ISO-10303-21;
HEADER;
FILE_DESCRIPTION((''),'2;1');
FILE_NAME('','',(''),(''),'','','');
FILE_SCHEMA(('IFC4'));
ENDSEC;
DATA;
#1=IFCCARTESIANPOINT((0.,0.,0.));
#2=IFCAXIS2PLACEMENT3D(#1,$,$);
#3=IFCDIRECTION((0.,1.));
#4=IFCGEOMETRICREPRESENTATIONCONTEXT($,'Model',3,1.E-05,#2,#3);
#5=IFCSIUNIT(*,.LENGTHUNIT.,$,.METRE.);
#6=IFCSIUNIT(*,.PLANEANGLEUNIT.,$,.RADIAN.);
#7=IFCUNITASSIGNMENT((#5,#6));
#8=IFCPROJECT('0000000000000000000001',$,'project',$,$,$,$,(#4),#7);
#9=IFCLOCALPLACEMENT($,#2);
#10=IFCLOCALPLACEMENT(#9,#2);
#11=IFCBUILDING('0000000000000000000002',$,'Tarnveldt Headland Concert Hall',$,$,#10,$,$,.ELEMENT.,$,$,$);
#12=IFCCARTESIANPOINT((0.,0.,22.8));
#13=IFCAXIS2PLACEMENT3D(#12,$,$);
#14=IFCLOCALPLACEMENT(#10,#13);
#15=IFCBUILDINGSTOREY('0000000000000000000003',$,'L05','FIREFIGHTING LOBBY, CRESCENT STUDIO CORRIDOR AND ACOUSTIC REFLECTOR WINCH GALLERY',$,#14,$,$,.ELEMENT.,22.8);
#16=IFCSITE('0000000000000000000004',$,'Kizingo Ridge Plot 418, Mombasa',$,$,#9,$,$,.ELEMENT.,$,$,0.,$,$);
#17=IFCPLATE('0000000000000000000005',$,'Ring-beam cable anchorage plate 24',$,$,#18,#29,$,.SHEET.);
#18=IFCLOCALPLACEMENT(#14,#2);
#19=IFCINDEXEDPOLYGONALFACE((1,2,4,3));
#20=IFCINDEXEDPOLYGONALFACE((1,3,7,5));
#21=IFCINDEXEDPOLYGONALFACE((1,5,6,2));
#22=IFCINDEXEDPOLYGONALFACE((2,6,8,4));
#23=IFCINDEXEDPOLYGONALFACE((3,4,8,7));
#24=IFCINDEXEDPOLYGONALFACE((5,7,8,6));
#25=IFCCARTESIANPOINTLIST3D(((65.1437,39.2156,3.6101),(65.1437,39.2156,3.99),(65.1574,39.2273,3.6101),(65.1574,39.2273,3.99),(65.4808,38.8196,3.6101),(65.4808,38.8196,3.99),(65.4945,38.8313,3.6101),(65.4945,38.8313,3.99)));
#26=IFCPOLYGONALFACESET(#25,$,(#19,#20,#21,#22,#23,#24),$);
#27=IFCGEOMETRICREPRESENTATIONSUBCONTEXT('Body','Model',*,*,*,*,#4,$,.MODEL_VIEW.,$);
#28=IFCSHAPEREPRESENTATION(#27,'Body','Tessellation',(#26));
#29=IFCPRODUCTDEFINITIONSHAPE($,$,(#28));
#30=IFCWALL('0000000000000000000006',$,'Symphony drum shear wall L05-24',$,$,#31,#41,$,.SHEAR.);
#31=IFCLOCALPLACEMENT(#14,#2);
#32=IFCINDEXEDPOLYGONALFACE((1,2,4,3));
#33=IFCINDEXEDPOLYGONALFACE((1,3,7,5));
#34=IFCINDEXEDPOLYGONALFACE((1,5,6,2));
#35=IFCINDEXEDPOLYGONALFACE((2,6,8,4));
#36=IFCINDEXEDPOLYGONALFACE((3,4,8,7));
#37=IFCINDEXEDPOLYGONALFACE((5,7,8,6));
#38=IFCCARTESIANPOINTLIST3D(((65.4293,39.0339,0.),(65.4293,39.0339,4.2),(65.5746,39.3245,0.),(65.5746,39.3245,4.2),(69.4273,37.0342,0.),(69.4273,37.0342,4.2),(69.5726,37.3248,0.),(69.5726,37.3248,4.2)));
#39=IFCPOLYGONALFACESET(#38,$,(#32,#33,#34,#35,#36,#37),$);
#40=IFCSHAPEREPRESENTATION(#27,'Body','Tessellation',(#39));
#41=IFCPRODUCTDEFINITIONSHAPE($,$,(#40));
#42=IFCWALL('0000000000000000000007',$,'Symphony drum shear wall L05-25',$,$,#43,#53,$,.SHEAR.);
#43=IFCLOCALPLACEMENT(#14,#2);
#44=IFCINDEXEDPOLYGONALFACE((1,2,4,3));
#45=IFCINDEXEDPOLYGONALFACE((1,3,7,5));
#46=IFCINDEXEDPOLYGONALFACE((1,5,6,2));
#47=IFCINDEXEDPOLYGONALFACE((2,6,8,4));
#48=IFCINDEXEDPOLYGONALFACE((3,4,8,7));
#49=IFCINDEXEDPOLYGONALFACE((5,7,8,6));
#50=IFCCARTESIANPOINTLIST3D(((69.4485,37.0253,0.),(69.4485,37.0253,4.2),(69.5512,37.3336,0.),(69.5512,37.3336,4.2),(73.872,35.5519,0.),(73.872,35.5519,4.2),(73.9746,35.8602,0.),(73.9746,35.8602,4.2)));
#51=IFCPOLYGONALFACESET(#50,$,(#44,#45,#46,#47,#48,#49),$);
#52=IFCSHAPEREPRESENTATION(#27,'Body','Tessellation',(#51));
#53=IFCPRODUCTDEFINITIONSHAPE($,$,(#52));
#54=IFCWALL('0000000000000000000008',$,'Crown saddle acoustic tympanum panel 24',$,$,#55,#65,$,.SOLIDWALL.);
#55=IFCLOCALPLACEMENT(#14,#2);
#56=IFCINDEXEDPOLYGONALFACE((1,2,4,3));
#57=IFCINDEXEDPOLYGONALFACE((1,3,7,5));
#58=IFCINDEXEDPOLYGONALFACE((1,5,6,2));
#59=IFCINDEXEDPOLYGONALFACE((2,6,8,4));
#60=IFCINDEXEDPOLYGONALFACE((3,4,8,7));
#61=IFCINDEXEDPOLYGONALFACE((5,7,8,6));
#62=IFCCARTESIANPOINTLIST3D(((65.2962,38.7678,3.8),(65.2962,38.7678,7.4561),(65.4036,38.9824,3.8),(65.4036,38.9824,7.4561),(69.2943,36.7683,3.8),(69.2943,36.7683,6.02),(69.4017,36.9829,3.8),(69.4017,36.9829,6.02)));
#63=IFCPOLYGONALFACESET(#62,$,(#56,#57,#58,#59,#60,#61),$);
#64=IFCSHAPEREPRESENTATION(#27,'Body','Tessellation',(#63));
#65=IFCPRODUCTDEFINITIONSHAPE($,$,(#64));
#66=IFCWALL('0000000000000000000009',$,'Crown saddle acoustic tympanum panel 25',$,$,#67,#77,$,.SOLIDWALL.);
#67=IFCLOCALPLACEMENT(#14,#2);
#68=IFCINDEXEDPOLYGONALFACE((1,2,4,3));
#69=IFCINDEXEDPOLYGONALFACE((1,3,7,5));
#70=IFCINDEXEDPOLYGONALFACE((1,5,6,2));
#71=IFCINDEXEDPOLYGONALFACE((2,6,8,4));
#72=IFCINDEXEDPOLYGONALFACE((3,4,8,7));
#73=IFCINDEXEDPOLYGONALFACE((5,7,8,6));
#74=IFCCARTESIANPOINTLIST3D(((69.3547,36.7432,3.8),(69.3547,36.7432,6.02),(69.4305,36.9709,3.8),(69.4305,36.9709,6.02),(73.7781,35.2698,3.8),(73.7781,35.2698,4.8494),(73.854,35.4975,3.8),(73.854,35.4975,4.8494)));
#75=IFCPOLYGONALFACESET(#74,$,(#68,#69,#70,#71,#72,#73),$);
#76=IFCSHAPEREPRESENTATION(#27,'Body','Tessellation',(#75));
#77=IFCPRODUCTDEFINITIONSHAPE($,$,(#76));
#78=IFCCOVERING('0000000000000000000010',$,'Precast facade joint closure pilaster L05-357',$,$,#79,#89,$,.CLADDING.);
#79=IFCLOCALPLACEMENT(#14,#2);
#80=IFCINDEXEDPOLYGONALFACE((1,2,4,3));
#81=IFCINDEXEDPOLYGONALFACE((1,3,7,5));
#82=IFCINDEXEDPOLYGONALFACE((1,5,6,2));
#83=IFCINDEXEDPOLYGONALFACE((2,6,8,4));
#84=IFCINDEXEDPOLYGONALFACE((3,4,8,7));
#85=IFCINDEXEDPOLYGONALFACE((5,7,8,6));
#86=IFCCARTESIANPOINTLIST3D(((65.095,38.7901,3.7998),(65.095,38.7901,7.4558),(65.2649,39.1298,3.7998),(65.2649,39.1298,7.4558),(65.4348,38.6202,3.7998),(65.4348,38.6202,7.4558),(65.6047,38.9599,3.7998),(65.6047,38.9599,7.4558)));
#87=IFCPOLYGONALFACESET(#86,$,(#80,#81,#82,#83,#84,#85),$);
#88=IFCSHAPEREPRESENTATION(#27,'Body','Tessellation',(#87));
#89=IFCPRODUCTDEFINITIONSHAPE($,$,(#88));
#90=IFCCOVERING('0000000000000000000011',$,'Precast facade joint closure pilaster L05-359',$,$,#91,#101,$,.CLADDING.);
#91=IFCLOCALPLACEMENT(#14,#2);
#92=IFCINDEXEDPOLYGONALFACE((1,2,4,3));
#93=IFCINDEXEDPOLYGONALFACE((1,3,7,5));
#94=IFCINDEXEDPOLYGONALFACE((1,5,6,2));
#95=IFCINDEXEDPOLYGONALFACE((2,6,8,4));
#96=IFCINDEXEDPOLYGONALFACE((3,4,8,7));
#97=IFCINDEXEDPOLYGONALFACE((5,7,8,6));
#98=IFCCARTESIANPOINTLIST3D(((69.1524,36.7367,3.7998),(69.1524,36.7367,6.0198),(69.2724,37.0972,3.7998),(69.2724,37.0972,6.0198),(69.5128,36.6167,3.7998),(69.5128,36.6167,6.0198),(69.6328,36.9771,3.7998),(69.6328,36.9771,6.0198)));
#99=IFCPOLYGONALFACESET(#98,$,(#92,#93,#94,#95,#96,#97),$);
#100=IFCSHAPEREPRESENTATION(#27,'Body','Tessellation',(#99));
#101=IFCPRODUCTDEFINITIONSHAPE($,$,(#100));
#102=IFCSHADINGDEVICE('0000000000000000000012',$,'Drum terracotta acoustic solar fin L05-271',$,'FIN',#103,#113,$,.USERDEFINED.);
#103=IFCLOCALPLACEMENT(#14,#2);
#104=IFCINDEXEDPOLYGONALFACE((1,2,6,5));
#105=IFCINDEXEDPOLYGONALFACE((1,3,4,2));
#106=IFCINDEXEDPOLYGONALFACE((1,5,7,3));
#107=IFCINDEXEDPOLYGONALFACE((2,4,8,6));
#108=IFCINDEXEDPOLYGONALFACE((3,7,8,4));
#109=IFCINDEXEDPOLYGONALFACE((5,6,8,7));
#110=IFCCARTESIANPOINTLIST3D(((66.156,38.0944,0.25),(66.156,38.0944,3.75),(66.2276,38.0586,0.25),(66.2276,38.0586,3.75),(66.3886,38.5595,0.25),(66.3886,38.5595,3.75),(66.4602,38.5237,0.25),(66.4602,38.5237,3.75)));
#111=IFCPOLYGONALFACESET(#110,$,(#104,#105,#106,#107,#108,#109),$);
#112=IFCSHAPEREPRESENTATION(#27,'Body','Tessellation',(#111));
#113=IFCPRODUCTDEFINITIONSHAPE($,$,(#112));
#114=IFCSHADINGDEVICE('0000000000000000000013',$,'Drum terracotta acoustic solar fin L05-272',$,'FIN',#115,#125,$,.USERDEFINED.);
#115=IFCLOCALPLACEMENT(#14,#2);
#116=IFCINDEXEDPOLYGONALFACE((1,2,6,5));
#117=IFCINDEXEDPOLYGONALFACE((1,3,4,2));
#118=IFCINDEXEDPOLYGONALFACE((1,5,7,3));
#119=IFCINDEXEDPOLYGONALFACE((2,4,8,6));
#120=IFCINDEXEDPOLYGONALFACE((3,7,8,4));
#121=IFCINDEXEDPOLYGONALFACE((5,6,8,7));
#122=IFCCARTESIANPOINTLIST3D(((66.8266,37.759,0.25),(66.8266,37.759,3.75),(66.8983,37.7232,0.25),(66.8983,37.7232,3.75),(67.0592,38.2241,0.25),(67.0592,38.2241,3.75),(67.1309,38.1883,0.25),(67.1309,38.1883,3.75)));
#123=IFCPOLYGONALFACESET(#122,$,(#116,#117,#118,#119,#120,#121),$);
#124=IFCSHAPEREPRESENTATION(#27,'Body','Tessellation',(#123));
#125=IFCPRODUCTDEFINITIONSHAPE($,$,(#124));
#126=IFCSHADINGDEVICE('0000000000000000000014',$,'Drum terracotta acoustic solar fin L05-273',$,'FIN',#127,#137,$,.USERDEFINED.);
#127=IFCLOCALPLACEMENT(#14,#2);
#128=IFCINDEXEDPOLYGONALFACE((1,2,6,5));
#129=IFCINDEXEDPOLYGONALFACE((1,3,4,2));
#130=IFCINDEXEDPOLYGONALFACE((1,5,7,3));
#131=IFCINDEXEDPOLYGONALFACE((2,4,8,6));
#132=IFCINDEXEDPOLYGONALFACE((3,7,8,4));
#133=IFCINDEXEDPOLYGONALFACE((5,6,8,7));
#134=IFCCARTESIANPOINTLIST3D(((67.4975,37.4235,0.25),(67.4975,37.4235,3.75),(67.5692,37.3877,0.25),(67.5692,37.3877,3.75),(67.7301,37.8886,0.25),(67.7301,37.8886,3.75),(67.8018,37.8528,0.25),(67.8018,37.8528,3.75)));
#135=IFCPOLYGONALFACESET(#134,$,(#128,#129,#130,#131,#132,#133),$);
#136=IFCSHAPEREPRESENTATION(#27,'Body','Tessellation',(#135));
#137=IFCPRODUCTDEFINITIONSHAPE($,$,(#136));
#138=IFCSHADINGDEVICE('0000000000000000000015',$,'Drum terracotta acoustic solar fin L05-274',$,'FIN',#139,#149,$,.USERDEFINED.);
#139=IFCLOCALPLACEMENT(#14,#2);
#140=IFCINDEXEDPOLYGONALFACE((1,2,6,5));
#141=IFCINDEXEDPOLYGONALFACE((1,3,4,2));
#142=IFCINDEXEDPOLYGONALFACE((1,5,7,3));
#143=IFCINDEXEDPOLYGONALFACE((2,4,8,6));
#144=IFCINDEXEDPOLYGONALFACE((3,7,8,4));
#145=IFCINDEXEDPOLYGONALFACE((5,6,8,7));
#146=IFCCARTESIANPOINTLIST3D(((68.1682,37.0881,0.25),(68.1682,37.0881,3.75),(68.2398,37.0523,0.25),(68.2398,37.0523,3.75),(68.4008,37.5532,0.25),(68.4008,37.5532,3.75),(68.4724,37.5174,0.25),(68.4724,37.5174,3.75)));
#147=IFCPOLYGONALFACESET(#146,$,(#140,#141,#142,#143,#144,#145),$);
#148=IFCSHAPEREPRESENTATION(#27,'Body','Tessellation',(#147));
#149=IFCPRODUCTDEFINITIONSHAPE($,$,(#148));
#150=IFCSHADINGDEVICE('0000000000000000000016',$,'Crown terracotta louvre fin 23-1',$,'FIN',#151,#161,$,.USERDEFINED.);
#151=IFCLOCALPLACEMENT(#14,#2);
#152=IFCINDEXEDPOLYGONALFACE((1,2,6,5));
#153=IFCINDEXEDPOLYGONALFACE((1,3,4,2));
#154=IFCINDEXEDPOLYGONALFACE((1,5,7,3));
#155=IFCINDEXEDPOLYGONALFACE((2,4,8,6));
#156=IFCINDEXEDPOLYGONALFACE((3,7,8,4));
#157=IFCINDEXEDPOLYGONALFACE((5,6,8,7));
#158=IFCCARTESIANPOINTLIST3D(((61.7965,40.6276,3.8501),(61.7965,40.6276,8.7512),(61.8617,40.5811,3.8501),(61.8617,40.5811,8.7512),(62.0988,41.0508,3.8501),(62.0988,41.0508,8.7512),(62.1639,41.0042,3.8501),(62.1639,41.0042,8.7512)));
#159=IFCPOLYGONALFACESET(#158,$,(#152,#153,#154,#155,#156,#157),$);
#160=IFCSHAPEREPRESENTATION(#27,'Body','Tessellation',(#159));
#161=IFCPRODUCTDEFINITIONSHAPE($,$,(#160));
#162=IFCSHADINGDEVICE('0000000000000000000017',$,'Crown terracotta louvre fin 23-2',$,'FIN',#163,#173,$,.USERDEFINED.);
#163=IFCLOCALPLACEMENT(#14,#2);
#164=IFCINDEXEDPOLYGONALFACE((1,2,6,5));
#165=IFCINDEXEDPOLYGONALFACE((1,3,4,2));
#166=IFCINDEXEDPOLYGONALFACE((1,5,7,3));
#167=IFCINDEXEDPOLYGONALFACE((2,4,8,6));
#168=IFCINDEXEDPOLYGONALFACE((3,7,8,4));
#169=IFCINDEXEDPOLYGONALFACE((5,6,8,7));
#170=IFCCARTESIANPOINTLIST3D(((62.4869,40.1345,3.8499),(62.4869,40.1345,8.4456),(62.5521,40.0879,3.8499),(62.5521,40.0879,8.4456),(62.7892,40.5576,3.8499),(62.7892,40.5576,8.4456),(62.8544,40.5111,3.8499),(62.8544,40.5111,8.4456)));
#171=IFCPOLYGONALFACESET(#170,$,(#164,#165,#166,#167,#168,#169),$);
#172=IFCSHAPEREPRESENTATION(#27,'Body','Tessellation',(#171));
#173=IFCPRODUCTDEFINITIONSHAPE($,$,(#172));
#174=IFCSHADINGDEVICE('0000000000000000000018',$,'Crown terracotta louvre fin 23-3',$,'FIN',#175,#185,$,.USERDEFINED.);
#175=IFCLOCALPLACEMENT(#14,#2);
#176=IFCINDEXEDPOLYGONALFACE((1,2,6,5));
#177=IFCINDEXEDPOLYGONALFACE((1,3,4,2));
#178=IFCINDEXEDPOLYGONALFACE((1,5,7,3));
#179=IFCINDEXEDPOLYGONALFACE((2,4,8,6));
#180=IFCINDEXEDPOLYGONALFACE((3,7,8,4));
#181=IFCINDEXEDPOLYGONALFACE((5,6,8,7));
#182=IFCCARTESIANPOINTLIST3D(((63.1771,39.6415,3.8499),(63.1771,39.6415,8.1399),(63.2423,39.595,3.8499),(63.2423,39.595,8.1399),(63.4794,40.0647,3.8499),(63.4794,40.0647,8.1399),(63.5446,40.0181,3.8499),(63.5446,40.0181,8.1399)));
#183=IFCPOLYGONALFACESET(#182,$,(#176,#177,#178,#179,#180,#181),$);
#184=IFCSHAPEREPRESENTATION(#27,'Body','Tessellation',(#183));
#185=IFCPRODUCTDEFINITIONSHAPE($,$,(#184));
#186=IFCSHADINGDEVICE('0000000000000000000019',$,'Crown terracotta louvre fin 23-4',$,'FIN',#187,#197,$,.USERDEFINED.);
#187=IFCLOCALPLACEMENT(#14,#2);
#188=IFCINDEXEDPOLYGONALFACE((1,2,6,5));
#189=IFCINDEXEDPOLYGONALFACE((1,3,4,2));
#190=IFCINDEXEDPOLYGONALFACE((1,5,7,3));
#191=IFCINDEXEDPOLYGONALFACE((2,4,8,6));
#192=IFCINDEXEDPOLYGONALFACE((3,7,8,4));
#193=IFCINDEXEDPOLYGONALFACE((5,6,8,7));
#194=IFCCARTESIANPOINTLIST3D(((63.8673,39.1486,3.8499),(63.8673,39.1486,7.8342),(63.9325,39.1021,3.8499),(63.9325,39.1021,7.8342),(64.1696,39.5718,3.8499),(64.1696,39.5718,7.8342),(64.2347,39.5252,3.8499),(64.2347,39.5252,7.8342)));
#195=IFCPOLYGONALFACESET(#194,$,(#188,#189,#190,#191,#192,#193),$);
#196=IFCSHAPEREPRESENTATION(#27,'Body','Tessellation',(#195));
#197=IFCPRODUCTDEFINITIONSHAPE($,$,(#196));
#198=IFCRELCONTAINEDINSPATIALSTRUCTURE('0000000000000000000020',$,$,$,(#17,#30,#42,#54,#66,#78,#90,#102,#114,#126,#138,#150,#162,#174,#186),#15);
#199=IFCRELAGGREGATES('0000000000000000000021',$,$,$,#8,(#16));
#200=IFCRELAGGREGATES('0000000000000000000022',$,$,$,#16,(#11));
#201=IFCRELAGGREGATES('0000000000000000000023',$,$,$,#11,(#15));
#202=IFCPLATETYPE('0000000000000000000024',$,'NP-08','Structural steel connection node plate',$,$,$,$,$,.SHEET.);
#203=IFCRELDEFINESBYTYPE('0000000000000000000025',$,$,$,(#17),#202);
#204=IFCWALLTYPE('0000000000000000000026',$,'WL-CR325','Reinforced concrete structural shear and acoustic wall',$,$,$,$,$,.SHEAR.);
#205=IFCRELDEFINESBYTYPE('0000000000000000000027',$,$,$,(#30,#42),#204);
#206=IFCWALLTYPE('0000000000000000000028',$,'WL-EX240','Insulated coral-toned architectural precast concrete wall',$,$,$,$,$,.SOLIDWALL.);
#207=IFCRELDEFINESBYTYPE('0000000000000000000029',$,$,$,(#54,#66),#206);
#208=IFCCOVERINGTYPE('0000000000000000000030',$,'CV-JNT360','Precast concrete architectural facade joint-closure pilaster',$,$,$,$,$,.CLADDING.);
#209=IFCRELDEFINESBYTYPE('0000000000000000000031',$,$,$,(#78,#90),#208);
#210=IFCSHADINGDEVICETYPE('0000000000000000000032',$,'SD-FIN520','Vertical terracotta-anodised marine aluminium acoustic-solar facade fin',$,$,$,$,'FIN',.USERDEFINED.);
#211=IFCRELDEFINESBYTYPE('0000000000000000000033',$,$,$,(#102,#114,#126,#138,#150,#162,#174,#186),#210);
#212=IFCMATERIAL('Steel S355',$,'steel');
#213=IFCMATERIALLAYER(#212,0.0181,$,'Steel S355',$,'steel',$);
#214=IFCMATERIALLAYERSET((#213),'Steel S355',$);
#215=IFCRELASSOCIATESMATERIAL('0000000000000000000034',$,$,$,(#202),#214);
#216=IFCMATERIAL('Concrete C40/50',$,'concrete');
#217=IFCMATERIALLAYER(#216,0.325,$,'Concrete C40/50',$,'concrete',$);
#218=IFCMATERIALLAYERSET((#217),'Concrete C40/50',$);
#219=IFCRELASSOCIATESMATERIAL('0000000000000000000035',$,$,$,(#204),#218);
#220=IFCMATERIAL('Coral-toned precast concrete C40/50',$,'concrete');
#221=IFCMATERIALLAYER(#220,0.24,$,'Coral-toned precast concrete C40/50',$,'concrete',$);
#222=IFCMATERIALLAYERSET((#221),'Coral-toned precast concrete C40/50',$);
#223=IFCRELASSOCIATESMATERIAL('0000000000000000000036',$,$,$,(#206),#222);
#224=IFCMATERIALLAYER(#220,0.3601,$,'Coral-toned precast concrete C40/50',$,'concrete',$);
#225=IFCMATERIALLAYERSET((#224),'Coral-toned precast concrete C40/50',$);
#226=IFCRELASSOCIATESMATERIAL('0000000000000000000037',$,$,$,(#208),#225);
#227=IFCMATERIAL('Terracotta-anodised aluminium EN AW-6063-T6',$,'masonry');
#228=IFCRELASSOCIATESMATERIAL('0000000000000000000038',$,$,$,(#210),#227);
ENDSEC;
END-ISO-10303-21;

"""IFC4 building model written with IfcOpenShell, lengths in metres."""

from ifc_helpers import new_model, si_unit, direction, frame, frame_2d, origin, origin_2d, place, context, subcontext, project, spatial, polyline, rectangle, outline, extrude, material, layer, layer_set, type_object, element, save


model = new_model("IFC4")

# Units and contexts
model_context = context("Model", 3, precision=1e-05, world=origin(), true_north=direction((0.0, 1.0)))
body_context = subcontext(model_context, "Body", "Model", "MODEL_VIEW")
ifc_project = project(units=[si_unit("LENGTHUNIT", "METRE"), si_unit("PLANEANGLEUNIT", "RADIAN")], contexts=[model_context])

# Site, building, storey
site_placement = place(None, origin())
site = spatial("IfcSite", under=ifc_project, at=site_placement, Name="Kizingo Ridge Plot 418, Mombasa", CompositionType="ELEMENT", RefElevation=0.0)
building_placement = place(site_placement, origin())
building = spatial("IfcBuilding", under=site, at=building_placement, Name="Tarnveldt Headland Concert Hall", CompositionType="ELEMENT")
storey_placement = place(building_placement, frame((0.0, 0.0, 22.8)))
storey = spatial("IfcBuildingStorey", under=building, at=storey_placement, Name="L05", Description="FIREFIGHTING LOBBY, CRESCENT STUDIO CORRIDOR AND ACOUSTIC REFLECTOR WINCH GALLERY", CompositionType="ELEMENT", Elevation=22.8)

# Shared definitions
ifc_material_1 = material(Name="Concrete C40/50", Category="concrete")

# Shared definitions
ifc_material_2 = material(Name="Steel S355", Category="steel")

# Plate
ifc_layer_1 = layer(ifc_material_2, 0.0181, Name="Steel S355", Category="steel")
ifc_layer_set_1 = layer_set([ifc_layer_1], Name="Steel S355")
plate_type_1 = type_object("IfcPlateType", Name="NP-08", Description="Structural steel connection node plate", PredefinedType="SHEET", material=ifc_layer_set_1)
plate_1_placement = place(storey_placement, frame((65.3191, 39.0234, 3.6101), z_axis=(0.0, 0.0, 1.0), x_axis=(0.648253, -0.761425, 0.0)))
element("IfcPlate", 1, at=plate_1_placement, inside=storey, type_object=plate_type_1, Name="Ring-beam cable anchorage plate 24", PredefinedType="SHEET", context=body_context, shape_type="SweptSolid", body=[
    extrude(rectangle(XDim=0.52, YDim=0.0181, at=origin_2d()), origin(), (0.0, 0.0, 1.0), 0.3799),
])

# Walls
ifc_layer_2 = layer(ifc_material_1, 0.325, Name="Concrete C40/50", Category="concrete")
ifc_layer_set_2 = layer_set([ifc_layer_2], Name="Concrete C40/50")
wall_type_1 = type_object("IfcWallType", Name="WL-CR325", Description="Reinforced concrete structural shear and acoustic wall", PredefinedType="SHEAR", material=ifc_layer_set_2)
wall_1_placement = place(storey_placement, frame((65.502, 39.1792, 0.0), z_axis=(0.0, 0.0, 1.0), x_axis=(0.894362, -0.447345, 0.0)))
element("IfcWall", 2, at=wall_1_placement, inside=storey, type_object=wall_type_1, Name="Symphony drum shear wall L05-24", PredefinedType="SHEAR", context=body_context, shape_type="SweptSolid", body=[
    extrude(rectangle(XDim=4.4702, YDim=0.325, at=frame_2d((2.2351, 0.0))), origin(), (0.0, 0.0, 1.0), 4.2),
])
wall_2_placement = place(storey_placement, frame((69.5, 37.1794, 0.0), z_axis=(0.0, 0.0, 1.0), x_axis=(0.948751, -0.316024, 0.0)))
element("IfcWall", 3, at=wall_2_placement, inside=storey, type_object=wall_type_1, Name="Symphony drum shear wall L05-25", PredefinedType="SHEAR", context=body_context, shape_type="SweptSolid", body=[
    extrude(rectangle(XDim=4.6624, YDim=0.325, at=frame_2d((2.3311, 0.0))), origin(), (0.0, 0.0, 1.0), 4.2),
])
ifc_material_3 = material(Name="Coral-toned precast concrete C40/50", Category="concrete")
ifc_layer_3 = layer(ifc_material_3, 0.24, Name="Coral-toned precast concrete C40/50", Category="concrete")
ifc_layer_set_3 = layer_set([ifc_layer_3], Name="Coral-toned precast concrete C40/50")
wall_type_2 = type_object("IfcWallType", Name="WL-EX240", Description="Insulated coral-toned architectural precast concrete wall", PredefinedType="SOLIDWALL", material=ifc_layer_set_3)
wall_3_placement = place(storey_placement, frame((65.3499, 38.875, 3.8), z_axis=(0.0, 0.0, 1.0), x_axis=(0.894383, -0.447301, 0.0)))
element("IfcWall", 4, at=wall_3_placement, inside=storey, type_object=wall_type_2, Name="Crown saddle acoustic tympanum panel 24", PredefinedType="SOLIDWALL", context=body_context, shape_type="SweptSolid", body=[
    extrude(outline(polyline([(0.0, 0.0), (4.4702, 0.0), (4.4702, 2.22), (0.0, 3.656), (0.0, 0.0)])), frame((0.0, 0.1201, 0.0), z_axis=(0.0, -1.0, 0.0), x_axis=(1.0, 0.0, 0.0)), (0.0, 0.0, 1.0), 0.24),
])
wall_4_placement = place(storey_placement, frame((69.3926, 36.8569, 3.8), z_axis=(0.0, 0.0, 1.0), x_axis=(0.948751, -0.316024, 0.0)))
element("IfcWall", 5, at=wall_4_placement, inside=storey, type_object=wall_type_2, Name="Crown saddle acoustic tympanum panel 25", PredefinedType="SOLIDWALL", context=body_context, shape_type="SweptSolid", body=[
    extrude(outline(polyline([(0.0, 0.0), (4.6624, 0.0), (4.6624, 1.0493), (0.0, 2.22), (0.0, 0.0)])), frame((0.0, 0.1201, 0.0), z_axis=(0.0, -1.0, 0.0), x_axis=(1.0, 0.0, 0.0)), (0.0, 0.0, 1.0), 0.24),
])

# Coverings
ifc_layer_4 = layer(ifc_material_3, 0.3601, Name="Coral-toned precast concrete C40/50", Category="concrete")
ifc_layer_set_4 = layer_set([ifc_layer_4], Name="Coral-toned precast concrete C40/50")
covering_type = type_object("IfcCoveringType", Name="CV-JNT360", Description="Precast concrete architectural facade joint-closure pilaster", PredefinedType="CLADDING", material=ifc_layer_set_4)
covering_1_placement = place(storey_placement, frame((65.3499, 38.875, 3.7998), z_axis=(0.0, 0.0, 1.0), x_axis=(-0.447291, -0.894389, 0.0)))
element("IfcCovering", 6, at=covering_1_placement, inside=storey, type_object=covering_type, Name="Precast facade joint closure pilaster L05-357", PredefinedType="CLADDING", context=body_context, shape_type="SweptSolid", body=[
    extrude(rectangle(XDim=0.3799, YDim=0.3799, at=origin_2d()), origin(), (0.0, 0.0, 1.0), 3.656),
])
covering_2_placement = place(storey_placement, frame((69.3926, 36.8569, 3.7998), z_axis=(0.0, 0.0, 1.0), x_axis=(-0.31598, -0.948766, 0.0)))
element("IfcCovering", 7, at=covering_2_placement, inside=storey, type_object=covering_type, Name="Precast facade joint closure pilaster L05-359", PredefinedType="CLADDING", context=body_context, shape_type="SweptSolid", body=[
    extrude(rectangle(XDim=0.3799, YDim=0.3799, at=origin_2d()), origin(), (0.0, 0.0, 1.0), 2.22),
])

# Shading devices
ifc_material_4 = material(Name="Terracotta-anodised aluminium EN AW-6063-T6", Category="masonry")
shading_device_type = type_object("IfcShadingDeviceType", Name="SD-FIN520", Description="Vertical terracotta-anodised marine aluminium acoustic-solar facade fin", ElementType="FIN", PredefinedType="USERDEFINED", material=ifc_material_4)
for number, where, z_axis, x_axis, name in (
    (8, (66.3081, 38.3091, 0.25), (0.0, 0.0, 1.0), (-0.447291, -0.894389, 0.0), "Drum terracotta acoustic solar fin L05-271"),
    (9, (66.9788, 37.9736, 0.25), (0.0, 0.0, 1.0), (-0.447291, -0.894389, 0.0), "Drum terracotta acoustic solar fin L05-272"),
    (10, (67.6497, 37.6382, 0.25), (0.0, 0.0, 1.0), (-0.447291, -0.894389, 0.0), "Drum terracotta acoustic solar fin L05-273"),
    (11, (68.3203, 37.3027, 0.25), (0.0, 0.0, 1.0), (-0.447291, -0.894389, 0.0), "Drum terracotta acoustic solar fin L05-274"),
):
    element("IfcShadingDevice", number, at=place(storey_placement, frame(where, z_axis=z_axis, x_axis=x_axis)), inside=storey, type_object=shading_device_type, Name=name, ObjectType="FIN", PredefinedType="USERDEFINED", context=body_context, shape_type="SweptSolid", body=[
        extrude(rectangle(XDim=0.52, YDim=0.0801, at=origin_2d()), origin(), (0.0, 0.0, 1.0), 3.5),
    ])
shading_device_1_placement = place(storey_placement, frame((61.9802, 40.8159, 3.8501), z_axis=(0.0, 0.0, 1.0), x_axis=(-0.581271, -0.81371, 0.0)))
element("IfcShadingDevice", 12, at=shading_device_1_placement, inside=storey, type_object=shading_device_type, Name="Crown terracotta louvre fin 23-1", ObjectType="FIN", PredefinedType="USERDEFINED", context=body_context, shape_type="SweptSolid", body=[
    extrude(rectangle(XDim=0.52, YDim=0.0801, at=origin_2d()), origin(), (0.0, 0.0, 1.0), 4.9011),
])
shading_device_2_placement = place(storey_placement, frame((62.6707, 40.3228, 3.8499), z_axis=(0.0, 0.0, 1.0), x_axis=(-0.581271, -0.81371, 0.0)))
element("IfcShadingDevice", 13, at=shading_device_2_placement, inside=storey, type_object=shading_device_type, Name="Crown terracotta louvre fin 23-2", ObjectType="FIN", PredefinedType="USERDEFINED", context=body_context, shape_type="SweptSolid", body=[
    extrude(rectangle(XDim=0.52, YDim=0.0801, at=origin_2d()), origin(), (0.0, 0.0, 1.0), 4.5957),
])
shading_device_3_placement = place(storey_placement, frame((63.3608, 39.8298, 3.8499), z_axis=(0.0, 0.0, 1.0), x_axis=(-0.581271, -0.81371, 0.0)))
element("IfcShadingDevice", 14, at=shading_device_3_placement, inside=storey, type_object=shading_device_type, Name="Crown terracotta louvre fin 23-3", ObjectType="FIN", PredefinedType="USERDEFINED", context=body_context, shape_type="SweptSolid", body=[
    extrude(rectangle(XDim=0.52, YDim=0.0801, at=origin_2d()), origin(), (0.0, 0.0, 1.0), 4.29),
])
shading_device_4_placement = place(storey_placement, frame((64.051, 39.3369, 3.8499), z_axis=(0.0, 0.0, 1.0), x_axis=(-0.581271, -0.81371, 0.0)))
element("IfcShadingDevice", 15, at=shading_device_4_placement, inside=storey, type_object=shading_device_type, Name="Crown terracotta louvre fin 23-4", ObjectType="FIN", PredefinedType="USERDEFINED", context=body_context, shape_type="SweptSolid", body=[
    extrude(rectangle(XDim=0.52, YDim=0.0801, at=origin_2d()), origin(), (0.0, 0.0, 1.0), 3.9844),
])

save(model, "model.ifc")
